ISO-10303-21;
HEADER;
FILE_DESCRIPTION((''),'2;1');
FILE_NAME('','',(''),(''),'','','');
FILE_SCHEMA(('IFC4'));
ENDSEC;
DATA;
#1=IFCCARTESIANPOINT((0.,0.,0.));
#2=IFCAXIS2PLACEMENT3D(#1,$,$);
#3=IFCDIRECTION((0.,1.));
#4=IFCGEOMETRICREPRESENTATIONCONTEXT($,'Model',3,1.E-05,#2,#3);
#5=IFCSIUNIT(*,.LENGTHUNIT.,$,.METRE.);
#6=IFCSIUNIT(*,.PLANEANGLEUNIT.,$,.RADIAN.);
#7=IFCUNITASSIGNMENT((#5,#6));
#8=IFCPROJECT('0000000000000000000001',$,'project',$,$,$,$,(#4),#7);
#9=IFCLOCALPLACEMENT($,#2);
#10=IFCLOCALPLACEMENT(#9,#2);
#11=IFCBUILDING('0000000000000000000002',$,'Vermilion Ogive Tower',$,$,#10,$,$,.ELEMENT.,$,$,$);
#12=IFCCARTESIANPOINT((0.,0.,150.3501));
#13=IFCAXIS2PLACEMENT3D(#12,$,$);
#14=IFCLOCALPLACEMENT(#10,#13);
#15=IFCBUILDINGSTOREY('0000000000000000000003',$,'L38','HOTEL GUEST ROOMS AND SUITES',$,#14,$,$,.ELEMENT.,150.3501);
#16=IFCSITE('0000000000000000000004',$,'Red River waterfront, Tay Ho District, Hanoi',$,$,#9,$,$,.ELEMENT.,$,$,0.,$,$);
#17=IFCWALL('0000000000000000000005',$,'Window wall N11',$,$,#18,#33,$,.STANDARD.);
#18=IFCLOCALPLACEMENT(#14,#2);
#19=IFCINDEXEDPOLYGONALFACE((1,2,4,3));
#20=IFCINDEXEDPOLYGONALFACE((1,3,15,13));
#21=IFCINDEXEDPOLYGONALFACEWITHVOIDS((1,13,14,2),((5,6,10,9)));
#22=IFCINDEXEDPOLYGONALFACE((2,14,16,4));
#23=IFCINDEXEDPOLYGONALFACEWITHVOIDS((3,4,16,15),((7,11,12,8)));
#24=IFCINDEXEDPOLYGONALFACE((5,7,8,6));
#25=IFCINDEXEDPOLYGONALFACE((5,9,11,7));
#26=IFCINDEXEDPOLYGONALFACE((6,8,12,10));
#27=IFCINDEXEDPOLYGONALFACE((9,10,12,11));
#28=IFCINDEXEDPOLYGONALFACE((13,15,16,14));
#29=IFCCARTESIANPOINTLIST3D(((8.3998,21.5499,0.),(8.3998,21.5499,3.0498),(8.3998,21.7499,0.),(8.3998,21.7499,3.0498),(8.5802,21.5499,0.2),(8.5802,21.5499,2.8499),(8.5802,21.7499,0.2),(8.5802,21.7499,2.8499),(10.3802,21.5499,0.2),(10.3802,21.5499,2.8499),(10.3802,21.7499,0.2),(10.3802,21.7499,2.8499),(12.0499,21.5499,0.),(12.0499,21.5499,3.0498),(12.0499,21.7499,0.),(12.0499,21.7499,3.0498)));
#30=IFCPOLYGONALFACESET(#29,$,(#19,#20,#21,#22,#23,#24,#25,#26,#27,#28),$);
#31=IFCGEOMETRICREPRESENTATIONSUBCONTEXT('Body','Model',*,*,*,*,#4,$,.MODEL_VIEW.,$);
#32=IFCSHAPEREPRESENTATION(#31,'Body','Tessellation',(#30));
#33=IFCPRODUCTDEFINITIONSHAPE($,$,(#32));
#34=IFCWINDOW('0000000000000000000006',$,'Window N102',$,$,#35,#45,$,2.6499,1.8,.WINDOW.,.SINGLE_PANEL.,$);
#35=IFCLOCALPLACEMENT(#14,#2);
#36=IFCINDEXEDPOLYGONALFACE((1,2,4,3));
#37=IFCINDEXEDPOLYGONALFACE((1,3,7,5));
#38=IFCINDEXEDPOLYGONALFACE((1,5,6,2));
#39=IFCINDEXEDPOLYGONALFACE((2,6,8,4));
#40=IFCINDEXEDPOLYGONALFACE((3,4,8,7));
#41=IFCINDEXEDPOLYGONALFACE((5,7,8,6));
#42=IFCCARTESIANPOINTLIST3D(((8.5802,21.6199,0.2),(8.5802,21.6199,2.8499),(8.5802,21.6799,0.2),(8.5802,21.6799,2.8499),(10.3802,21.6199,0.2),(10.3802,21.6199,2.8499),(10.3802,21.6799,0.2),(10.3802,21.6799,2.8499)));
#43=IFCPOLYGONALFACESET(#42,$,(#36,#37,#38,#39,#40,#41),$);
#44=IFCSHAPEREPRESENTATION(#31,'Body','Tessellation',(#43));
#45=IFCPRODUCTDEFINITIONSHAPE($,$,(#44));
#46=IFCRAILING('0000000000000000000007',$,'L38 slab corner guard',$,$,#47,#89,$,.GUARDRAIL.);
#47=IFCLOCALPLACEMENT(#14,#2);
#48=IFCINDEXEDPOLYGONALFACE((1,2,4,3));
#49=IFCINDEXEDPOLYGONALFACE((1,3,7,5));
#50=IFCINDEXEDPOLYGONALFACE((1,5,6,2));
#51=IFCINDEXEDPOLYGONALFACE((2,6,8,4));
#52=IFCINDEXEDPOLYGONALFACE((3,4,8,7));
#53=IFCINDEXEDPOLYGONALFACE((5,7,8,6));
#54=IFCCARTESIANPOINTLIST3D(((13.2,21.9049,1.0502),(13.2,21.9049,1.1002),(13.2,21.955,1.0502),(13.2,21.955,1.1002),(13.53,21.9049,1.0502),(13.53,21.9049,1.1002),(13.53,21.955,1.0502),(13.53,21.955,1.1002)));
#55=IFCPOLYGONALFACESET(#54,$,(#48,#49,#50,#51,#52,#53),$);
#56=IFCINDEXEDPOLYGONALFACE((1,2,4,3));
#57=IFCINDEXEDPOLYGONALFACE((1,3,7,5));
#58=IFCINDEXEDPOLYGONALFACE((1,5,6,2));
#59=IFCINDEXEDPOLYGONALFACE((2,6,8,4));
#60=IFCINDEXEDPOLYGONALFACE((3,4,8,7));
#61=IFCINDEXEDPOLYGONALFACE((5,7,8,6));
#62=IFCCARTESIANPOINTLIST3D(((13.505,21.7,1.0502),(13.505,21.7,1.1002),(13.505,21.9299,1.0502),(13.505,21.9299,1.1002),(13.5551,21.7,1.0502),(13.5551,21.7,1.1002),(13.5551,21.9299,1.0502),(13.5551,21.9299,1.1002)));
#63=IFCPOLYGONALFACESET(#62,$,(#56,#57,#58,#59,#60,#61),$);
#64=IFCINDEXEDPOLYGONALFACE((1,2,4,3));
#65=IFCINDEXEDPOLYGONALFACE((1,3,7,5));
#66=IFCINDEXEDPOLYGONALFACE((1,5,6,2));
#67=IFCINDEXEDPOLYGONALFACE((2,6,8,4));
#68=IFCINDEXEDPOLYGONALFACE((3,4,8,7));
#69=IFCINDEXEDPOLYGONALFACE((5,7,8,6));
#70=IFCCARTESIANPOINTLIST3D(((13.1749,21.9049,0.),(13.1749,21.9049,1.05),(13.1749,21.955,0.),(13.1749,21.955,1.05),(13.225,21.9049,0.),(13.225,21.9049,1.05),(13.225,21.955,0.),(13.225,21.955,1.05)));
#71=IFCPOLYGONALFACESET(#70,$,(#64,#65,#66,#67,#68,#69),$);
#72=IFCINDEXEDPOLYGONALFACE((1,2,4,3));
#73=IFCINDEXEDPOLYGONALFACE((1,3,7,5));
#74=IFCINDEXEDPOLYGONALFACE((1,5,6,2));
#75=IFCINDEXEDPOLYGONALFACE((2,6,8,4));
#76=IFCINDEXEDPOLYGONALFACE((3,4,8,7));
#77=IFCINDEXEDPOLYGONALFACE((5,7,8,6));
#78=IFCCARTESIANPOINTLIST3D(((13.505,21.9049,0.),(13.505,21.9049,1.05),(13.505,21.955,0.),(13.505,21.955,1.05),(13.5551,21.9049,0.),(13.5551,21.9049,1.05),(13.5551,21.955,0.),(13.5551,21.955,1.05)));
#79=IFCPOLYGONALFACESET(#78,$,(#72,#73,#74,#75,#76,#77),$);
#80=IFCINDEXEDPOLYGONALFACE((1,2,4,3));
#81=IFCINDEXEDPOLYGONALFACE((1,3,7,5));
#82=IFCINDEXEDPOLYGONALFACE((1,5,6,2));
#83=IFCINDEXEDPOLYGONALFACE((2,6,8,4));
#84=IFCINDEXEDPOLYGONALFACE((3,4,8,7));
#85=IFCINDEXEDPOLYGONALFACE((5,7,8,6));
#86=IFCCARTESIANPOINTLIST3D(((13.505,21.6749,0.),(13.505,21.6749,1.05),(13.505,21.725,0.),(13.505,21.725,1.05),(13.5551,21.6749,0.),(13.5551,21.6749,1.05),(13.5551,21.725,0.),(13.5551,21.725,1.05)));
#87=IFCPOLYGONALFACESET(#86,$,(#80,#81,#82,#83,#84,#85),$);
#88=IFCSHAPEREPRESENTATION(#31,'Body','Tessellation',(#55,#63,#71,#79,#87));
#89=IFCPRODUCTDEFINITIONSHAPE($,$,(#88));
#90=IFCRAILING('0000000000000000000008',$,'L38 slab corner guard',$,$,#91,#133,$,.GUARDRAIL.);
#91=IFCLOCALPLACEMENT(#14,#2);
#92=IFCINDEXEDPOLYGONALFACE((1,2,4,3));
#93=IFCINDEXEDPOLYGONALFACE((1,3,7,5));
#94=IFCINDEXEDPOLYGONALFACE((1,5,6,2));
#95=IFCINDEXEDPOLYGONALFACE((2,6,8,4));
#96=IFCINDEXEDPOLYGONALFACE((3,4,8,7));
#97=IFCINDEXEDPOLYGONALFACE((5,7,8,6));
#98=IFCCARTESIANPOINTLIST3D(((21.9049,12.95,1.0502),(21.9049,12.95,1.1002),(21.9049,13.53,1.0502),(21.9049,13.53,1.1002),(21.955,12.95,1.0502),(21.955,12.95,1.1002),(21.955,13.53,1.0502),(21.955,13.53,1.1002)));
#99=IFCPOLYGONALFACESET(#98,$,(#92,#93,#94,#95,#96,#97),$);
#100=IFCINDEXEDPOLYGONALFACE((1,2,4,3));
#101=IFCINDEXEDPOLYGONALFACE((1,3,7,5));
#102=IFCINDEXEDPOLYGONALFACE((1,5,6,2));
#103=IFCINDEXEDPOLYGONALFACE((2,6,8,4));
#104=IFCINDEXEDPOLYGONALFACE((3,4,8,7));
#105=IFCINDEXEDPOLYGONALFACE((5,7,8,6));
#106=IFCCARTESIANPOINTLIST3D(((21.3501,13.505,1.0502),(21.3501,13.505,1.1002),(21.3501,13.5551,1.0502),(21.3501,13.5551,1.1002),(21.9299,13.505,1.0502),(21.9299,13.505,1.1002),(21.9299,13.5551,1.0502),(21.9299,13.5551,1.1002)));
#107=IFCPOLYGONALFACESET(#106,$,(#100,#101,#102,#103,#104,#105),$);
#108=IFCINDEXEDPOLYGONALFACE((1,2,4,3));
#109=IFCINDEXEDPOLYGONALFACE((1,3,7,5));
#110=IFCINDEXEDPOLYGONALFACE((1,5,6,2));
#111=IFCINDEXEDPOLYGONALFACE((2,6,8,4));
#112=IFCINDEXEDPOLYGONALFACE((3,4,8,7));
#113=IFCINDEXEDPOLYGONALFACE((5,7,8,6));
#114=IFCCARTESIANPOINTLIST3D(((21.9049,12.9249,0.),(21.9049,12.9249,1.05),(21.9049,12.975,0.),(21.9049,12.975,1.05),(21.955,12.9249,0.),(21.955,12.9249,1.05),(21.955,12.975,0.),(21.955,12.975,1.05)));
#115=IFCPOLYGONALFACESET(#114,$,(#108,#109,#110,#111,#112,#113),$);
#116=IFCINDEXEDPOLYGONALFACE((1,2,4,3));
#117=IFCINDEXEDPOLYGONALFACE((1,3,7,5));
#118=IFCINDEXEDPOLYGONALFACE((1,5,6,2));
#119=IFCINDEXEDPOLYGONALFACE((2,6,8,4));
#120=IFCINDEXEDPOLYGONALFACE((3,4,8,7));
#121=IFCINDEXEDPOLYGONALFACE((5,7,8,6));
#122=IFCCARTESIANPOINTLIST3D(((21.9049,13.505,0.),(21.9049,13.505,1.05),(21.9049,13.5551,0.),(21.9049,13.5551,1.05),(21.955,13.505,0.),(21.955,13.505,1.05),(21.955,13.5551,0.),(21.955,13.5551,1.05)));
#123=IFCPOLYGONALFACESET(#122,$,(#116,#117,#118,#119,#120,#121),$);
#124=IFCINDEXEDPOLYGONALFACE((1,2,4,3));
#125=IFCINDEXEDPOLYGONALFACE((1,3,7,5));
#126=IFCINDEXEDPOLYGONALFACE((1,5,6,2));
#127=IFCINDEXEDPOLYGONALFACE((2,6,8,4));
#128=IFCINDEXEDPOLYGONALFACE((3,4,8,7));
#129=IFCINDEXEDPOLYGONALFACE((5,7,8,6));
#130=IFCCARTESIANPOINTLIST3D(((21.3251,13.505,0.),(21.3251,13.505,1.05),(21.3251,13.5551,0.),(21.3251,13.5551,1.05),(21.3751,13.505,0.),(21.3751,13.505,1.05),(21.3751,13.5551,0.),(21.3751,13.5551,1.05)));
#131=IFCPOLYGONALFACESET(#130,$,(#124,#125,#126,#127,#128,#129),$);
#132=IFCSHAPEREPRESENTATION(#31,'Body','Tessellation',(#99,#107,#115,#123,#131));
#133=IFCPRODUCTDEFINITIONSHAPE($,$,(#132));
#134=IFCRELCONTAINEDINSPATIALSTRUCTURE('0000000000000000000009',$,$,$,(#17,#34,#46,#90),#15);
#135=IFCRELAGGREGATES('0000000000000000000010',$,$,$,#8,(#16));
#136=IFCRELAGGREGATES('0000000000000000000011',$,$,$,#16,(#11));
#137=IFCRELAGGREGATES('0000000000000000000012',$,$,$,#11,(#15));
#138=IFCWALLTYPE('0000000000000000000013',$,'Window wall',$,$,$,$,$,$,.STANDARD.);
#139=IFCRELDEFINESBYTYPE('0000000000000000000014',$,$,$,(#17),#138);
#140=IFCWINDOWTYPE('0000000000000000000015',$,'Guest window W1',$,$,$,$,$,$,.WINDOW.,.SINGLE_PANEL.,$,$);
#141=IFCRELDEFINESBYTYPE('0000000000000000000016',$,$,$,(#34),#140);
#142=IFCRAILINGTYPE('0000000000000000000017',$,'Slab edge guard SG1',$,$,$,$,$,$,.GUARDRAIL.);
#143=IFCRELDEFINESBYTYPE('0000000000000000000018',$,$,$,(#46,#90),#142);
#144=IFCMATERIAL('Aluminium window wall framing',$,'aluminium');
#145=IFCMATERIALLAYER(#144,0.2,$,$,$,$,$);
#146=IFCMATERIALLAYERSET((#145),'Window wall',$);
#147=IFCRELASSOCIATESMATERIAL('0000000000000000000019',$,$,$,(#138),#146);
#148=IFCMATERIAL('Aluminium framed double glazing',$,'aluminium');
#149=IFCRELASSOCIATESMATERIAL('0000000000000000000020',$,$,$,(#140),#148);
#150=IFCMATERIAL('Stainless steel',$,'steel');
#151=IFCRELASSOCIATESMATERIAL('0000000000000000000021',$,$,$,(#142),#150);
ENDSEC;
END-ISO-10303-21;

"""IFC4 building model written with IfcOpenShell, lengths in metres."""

from ifc_helpers import new_model, si_unit, direction, frame, frame_2d, origin, origin_2d, place, context, subcontext, project, spatial, rectangle, extrude, material, layer, layer_set, type_object, element, fill, save


model = new_model("IFC4")

# Units and contexts
model_context = context("Model", 3, precision=1e-05, world=origin(), true_north=direction((0.0, 1.0)))
body_context = subcontext(model_context, "Body", "Model", "MODEL_VIEW")
ifc_project = project(units=[si_unit("LENGTHUNIT", "METRE"), si_unit("PLANEANGLEUNIT", "RADIAN")], contexts=[model_context])

# Site, building, storey
site_placement = place(None, origin())
site = spatial("IfcSite", under=ifc_project, at=site_placement, Name="Red River waterfront, Tay Ho District, Hanoi", CompositionType="ELEMENT", RefElevation=0.0)
building_placement = place(site_placement, origin())
building = spatial("IfcBuilding", under=site, at=building_placement, Name="Vermilion Ogive Tower", CompositionType="ELEMENT")
storey_placement = place(building_placement, frame((0.0, 0.0, 150.3501)))
storey = spatial("IfcBuildingStorey", under=building, at=storey_placement, Name="L38", Description="HOTEL GUEST ROOMS AND SUITES", CompositionType="ELEMENT", Elevation=150.3501)

# Shared definitions
ifc_material_1 = material(Name="Aluminium window wall framing", Category="aluminium")
ifc_layer_1 = layer(ifc_material_1, 0.2)
ifc_layer_set_1 = layer_set([ifc_layer_1], Name="Window wall")
wall_type_1 = type_object("IfcWallType", Name="Window wall", PredefinedType="STANDARD", material=ifc_layer_set_1)

# Shared definitions
ifc_material_2 = material(Name="Aluminium framed double glazing", Category="aluminium")
window_type = type_object("IfcWindowType", Name="Guest window W1", PartitioningType="SINGLE_PANEL", PredefinedType="WINDOW", material=ifc_material_2)

# Wall, opening, window
wall_1_placement = place(storey_placement, frame((12.05, 21.6499, 0.0), z_axis=(0.0, 0.0, 1.0), x_axis=(-1.0, 0.0, 0.0)))
wall_1 = element("IfcWall", 1, at=wall_1_placement, inside=storey, type_object=wall_type_1, Name="Window wall N11", PredefinedType="STANDARD", context=body_context, shape_type="SweptSolid", body=[
    extrude(rectangle(XDim=3.6501, YDim=0.2, at=frame_2d((1.8252, 0.0))), origin(), (0.0, 0.0, 1.0), 3.0498),
])
opening_1_placement = place(wall_1_placement, frame((1.6699, 0.0, 0.2)))
opening_1 = element("IfcOpeningElement", 2, at=opening_1_placement, cuts=wall_1, PredefinedType="OPENING", context=body_context, shape_type="SweptSolid", body=[
    extrude(rectangle(XDim=1.8, YDim=2.6499, at=frame_2d((0.8999, 1.325))), frame((0.0, 0.1099, 0.0), z_axis=(0.0, -1.0, 0.0), x_axis=(1.0, 0.0, 0.0)), (0.0, 0.0, 1.0), 0.22),
])
window_1_placement = place(opening_1_placement, origin())
window_1 = element("IfcWindow", 3, at=window_1_placement, inside=storey, type_object=window_type, Name="Window N102", OverallHeight=2.6499, OverallWidth=1.8, PartitioningType="SINGLE_PANEL", PredefinedType="WINDOW", context=body_context, shape_type="SweptSolid", body=[
    extrude(rectangle(XDim=1.8, YDim=2.6499, at=frame_2d((0.8999, 1.325))), frame((0.0, 0.03, 0.0), z_axis=(0.0, -1.0, 0.0), x_axis=(1.0, 0.0, 0.0)), (0.0, 0.0, 1.0), 0.0601),
])
fill(opening_1, window_1)

# Railings
ifc_material_3 = material(Name="Stainless steel", Category="steel")
railing_type = type_object("IfcRailingType", Name="Slab edge guard SG1", PredefinedType="GUARDRAIL", material=ifc_material_3)
railing_1_placement = place(storey_placement, frame((13.2, 21.9299, 0.0)))
element("IfcRailing", 4, at=railing_1_placement, inside=storey, type_object=railing_type, Name="L38 slab corner guard", PredefinedType="GUARDRAIL", context=body_context, shape_type="SweptSolid", body=[
    extrude(rectangle(XDim=0.05, YDim=0.05, at=origin_2d()), frame((0.0, 0.0, 1.0752), z_axis=(1.0, 0.0, 0.0), x_axis=(0.0, 1.0, 0.0)), (0.0, 0.0, 1.0), 0.3301),
    extrude(rectangle(XDim=0.05, YDim=0.05, at=origin_2d()), frame((0.3301, 0.0, 1.0752), z_axis=(0.0, -1.0, 0.0), x_axis=(1.0, 0.0, 0.0)), (0.0, 0.0, 1.0), 0.23),
    extrude(rectangle(XDim=0.05, YDim=0.05, at=origin_2d()), origin(), (0.0, 0.0, 1.0), 1.05),
    extrude(rectangle(XDim=0.05, YDim=0.05, at=origin_2d()), frame((0.3301, 0.0, 0.0)), (0.0, 0.0, 1.0), 1.05),
    extrude(rectangle(XDim=0.05, YDim=0.05, at=origin_2d()), frame((0.3301, -0.23, 0.0)), (0.0, 0.0, 1.0), 1.05),
])
railing_2_placement = place(storey_placement, frame((21.9299, 12.95, 0.0)))
element("IfcRailing", 5, at=railing_2_placement, inside=storey, type_object=railing_type, Name="L38 slab corner guard", PredefinedType="GUARDRAIL", context=body_context, shape_type="SweptSolid", body=[
    extrude(rectangle(XDim=0.05, YDim=0.05, at=origin_2d()), frame((0.0, 0.0, 1.0752), z_axis=(0.0, 1.0, 0.0), x_axis=(-1.0, 0.0, 0.0)), (0.0, 0.0, 1.0), 0.5801),
    extrude(rectangle(XDim=0.05, YDim=0.05, at=origin_2d()), frame((0.0, 0.5801, 1.0752), z_axis=(-1.0, 0.0, 0.0), x_axis=(0.0, -1.0, 0.0)), (0.0, 0.0, 1.0), 0.5798),
    extrude(rectangle(XDim=0.05, YDim=0.05, at=origin_2d()), origin(), (0.0, 0.0, 1.0), 1.05),
    extrude(rectangle(XDim=0.05, YDim=0.05, at=origin_2d()), frame((0.0, 0.5801, 0.0)), (0.0, 0.0, 1.0), 1.05),
    extrude(rectangle(XDim=0.05, YDim=0.05, at=origin_2d()), frame((-0.5798, 0.5801, 0.0)), (0.0, 0.0, 1.0), 1.05),
])

save(model, "model.ifc")
